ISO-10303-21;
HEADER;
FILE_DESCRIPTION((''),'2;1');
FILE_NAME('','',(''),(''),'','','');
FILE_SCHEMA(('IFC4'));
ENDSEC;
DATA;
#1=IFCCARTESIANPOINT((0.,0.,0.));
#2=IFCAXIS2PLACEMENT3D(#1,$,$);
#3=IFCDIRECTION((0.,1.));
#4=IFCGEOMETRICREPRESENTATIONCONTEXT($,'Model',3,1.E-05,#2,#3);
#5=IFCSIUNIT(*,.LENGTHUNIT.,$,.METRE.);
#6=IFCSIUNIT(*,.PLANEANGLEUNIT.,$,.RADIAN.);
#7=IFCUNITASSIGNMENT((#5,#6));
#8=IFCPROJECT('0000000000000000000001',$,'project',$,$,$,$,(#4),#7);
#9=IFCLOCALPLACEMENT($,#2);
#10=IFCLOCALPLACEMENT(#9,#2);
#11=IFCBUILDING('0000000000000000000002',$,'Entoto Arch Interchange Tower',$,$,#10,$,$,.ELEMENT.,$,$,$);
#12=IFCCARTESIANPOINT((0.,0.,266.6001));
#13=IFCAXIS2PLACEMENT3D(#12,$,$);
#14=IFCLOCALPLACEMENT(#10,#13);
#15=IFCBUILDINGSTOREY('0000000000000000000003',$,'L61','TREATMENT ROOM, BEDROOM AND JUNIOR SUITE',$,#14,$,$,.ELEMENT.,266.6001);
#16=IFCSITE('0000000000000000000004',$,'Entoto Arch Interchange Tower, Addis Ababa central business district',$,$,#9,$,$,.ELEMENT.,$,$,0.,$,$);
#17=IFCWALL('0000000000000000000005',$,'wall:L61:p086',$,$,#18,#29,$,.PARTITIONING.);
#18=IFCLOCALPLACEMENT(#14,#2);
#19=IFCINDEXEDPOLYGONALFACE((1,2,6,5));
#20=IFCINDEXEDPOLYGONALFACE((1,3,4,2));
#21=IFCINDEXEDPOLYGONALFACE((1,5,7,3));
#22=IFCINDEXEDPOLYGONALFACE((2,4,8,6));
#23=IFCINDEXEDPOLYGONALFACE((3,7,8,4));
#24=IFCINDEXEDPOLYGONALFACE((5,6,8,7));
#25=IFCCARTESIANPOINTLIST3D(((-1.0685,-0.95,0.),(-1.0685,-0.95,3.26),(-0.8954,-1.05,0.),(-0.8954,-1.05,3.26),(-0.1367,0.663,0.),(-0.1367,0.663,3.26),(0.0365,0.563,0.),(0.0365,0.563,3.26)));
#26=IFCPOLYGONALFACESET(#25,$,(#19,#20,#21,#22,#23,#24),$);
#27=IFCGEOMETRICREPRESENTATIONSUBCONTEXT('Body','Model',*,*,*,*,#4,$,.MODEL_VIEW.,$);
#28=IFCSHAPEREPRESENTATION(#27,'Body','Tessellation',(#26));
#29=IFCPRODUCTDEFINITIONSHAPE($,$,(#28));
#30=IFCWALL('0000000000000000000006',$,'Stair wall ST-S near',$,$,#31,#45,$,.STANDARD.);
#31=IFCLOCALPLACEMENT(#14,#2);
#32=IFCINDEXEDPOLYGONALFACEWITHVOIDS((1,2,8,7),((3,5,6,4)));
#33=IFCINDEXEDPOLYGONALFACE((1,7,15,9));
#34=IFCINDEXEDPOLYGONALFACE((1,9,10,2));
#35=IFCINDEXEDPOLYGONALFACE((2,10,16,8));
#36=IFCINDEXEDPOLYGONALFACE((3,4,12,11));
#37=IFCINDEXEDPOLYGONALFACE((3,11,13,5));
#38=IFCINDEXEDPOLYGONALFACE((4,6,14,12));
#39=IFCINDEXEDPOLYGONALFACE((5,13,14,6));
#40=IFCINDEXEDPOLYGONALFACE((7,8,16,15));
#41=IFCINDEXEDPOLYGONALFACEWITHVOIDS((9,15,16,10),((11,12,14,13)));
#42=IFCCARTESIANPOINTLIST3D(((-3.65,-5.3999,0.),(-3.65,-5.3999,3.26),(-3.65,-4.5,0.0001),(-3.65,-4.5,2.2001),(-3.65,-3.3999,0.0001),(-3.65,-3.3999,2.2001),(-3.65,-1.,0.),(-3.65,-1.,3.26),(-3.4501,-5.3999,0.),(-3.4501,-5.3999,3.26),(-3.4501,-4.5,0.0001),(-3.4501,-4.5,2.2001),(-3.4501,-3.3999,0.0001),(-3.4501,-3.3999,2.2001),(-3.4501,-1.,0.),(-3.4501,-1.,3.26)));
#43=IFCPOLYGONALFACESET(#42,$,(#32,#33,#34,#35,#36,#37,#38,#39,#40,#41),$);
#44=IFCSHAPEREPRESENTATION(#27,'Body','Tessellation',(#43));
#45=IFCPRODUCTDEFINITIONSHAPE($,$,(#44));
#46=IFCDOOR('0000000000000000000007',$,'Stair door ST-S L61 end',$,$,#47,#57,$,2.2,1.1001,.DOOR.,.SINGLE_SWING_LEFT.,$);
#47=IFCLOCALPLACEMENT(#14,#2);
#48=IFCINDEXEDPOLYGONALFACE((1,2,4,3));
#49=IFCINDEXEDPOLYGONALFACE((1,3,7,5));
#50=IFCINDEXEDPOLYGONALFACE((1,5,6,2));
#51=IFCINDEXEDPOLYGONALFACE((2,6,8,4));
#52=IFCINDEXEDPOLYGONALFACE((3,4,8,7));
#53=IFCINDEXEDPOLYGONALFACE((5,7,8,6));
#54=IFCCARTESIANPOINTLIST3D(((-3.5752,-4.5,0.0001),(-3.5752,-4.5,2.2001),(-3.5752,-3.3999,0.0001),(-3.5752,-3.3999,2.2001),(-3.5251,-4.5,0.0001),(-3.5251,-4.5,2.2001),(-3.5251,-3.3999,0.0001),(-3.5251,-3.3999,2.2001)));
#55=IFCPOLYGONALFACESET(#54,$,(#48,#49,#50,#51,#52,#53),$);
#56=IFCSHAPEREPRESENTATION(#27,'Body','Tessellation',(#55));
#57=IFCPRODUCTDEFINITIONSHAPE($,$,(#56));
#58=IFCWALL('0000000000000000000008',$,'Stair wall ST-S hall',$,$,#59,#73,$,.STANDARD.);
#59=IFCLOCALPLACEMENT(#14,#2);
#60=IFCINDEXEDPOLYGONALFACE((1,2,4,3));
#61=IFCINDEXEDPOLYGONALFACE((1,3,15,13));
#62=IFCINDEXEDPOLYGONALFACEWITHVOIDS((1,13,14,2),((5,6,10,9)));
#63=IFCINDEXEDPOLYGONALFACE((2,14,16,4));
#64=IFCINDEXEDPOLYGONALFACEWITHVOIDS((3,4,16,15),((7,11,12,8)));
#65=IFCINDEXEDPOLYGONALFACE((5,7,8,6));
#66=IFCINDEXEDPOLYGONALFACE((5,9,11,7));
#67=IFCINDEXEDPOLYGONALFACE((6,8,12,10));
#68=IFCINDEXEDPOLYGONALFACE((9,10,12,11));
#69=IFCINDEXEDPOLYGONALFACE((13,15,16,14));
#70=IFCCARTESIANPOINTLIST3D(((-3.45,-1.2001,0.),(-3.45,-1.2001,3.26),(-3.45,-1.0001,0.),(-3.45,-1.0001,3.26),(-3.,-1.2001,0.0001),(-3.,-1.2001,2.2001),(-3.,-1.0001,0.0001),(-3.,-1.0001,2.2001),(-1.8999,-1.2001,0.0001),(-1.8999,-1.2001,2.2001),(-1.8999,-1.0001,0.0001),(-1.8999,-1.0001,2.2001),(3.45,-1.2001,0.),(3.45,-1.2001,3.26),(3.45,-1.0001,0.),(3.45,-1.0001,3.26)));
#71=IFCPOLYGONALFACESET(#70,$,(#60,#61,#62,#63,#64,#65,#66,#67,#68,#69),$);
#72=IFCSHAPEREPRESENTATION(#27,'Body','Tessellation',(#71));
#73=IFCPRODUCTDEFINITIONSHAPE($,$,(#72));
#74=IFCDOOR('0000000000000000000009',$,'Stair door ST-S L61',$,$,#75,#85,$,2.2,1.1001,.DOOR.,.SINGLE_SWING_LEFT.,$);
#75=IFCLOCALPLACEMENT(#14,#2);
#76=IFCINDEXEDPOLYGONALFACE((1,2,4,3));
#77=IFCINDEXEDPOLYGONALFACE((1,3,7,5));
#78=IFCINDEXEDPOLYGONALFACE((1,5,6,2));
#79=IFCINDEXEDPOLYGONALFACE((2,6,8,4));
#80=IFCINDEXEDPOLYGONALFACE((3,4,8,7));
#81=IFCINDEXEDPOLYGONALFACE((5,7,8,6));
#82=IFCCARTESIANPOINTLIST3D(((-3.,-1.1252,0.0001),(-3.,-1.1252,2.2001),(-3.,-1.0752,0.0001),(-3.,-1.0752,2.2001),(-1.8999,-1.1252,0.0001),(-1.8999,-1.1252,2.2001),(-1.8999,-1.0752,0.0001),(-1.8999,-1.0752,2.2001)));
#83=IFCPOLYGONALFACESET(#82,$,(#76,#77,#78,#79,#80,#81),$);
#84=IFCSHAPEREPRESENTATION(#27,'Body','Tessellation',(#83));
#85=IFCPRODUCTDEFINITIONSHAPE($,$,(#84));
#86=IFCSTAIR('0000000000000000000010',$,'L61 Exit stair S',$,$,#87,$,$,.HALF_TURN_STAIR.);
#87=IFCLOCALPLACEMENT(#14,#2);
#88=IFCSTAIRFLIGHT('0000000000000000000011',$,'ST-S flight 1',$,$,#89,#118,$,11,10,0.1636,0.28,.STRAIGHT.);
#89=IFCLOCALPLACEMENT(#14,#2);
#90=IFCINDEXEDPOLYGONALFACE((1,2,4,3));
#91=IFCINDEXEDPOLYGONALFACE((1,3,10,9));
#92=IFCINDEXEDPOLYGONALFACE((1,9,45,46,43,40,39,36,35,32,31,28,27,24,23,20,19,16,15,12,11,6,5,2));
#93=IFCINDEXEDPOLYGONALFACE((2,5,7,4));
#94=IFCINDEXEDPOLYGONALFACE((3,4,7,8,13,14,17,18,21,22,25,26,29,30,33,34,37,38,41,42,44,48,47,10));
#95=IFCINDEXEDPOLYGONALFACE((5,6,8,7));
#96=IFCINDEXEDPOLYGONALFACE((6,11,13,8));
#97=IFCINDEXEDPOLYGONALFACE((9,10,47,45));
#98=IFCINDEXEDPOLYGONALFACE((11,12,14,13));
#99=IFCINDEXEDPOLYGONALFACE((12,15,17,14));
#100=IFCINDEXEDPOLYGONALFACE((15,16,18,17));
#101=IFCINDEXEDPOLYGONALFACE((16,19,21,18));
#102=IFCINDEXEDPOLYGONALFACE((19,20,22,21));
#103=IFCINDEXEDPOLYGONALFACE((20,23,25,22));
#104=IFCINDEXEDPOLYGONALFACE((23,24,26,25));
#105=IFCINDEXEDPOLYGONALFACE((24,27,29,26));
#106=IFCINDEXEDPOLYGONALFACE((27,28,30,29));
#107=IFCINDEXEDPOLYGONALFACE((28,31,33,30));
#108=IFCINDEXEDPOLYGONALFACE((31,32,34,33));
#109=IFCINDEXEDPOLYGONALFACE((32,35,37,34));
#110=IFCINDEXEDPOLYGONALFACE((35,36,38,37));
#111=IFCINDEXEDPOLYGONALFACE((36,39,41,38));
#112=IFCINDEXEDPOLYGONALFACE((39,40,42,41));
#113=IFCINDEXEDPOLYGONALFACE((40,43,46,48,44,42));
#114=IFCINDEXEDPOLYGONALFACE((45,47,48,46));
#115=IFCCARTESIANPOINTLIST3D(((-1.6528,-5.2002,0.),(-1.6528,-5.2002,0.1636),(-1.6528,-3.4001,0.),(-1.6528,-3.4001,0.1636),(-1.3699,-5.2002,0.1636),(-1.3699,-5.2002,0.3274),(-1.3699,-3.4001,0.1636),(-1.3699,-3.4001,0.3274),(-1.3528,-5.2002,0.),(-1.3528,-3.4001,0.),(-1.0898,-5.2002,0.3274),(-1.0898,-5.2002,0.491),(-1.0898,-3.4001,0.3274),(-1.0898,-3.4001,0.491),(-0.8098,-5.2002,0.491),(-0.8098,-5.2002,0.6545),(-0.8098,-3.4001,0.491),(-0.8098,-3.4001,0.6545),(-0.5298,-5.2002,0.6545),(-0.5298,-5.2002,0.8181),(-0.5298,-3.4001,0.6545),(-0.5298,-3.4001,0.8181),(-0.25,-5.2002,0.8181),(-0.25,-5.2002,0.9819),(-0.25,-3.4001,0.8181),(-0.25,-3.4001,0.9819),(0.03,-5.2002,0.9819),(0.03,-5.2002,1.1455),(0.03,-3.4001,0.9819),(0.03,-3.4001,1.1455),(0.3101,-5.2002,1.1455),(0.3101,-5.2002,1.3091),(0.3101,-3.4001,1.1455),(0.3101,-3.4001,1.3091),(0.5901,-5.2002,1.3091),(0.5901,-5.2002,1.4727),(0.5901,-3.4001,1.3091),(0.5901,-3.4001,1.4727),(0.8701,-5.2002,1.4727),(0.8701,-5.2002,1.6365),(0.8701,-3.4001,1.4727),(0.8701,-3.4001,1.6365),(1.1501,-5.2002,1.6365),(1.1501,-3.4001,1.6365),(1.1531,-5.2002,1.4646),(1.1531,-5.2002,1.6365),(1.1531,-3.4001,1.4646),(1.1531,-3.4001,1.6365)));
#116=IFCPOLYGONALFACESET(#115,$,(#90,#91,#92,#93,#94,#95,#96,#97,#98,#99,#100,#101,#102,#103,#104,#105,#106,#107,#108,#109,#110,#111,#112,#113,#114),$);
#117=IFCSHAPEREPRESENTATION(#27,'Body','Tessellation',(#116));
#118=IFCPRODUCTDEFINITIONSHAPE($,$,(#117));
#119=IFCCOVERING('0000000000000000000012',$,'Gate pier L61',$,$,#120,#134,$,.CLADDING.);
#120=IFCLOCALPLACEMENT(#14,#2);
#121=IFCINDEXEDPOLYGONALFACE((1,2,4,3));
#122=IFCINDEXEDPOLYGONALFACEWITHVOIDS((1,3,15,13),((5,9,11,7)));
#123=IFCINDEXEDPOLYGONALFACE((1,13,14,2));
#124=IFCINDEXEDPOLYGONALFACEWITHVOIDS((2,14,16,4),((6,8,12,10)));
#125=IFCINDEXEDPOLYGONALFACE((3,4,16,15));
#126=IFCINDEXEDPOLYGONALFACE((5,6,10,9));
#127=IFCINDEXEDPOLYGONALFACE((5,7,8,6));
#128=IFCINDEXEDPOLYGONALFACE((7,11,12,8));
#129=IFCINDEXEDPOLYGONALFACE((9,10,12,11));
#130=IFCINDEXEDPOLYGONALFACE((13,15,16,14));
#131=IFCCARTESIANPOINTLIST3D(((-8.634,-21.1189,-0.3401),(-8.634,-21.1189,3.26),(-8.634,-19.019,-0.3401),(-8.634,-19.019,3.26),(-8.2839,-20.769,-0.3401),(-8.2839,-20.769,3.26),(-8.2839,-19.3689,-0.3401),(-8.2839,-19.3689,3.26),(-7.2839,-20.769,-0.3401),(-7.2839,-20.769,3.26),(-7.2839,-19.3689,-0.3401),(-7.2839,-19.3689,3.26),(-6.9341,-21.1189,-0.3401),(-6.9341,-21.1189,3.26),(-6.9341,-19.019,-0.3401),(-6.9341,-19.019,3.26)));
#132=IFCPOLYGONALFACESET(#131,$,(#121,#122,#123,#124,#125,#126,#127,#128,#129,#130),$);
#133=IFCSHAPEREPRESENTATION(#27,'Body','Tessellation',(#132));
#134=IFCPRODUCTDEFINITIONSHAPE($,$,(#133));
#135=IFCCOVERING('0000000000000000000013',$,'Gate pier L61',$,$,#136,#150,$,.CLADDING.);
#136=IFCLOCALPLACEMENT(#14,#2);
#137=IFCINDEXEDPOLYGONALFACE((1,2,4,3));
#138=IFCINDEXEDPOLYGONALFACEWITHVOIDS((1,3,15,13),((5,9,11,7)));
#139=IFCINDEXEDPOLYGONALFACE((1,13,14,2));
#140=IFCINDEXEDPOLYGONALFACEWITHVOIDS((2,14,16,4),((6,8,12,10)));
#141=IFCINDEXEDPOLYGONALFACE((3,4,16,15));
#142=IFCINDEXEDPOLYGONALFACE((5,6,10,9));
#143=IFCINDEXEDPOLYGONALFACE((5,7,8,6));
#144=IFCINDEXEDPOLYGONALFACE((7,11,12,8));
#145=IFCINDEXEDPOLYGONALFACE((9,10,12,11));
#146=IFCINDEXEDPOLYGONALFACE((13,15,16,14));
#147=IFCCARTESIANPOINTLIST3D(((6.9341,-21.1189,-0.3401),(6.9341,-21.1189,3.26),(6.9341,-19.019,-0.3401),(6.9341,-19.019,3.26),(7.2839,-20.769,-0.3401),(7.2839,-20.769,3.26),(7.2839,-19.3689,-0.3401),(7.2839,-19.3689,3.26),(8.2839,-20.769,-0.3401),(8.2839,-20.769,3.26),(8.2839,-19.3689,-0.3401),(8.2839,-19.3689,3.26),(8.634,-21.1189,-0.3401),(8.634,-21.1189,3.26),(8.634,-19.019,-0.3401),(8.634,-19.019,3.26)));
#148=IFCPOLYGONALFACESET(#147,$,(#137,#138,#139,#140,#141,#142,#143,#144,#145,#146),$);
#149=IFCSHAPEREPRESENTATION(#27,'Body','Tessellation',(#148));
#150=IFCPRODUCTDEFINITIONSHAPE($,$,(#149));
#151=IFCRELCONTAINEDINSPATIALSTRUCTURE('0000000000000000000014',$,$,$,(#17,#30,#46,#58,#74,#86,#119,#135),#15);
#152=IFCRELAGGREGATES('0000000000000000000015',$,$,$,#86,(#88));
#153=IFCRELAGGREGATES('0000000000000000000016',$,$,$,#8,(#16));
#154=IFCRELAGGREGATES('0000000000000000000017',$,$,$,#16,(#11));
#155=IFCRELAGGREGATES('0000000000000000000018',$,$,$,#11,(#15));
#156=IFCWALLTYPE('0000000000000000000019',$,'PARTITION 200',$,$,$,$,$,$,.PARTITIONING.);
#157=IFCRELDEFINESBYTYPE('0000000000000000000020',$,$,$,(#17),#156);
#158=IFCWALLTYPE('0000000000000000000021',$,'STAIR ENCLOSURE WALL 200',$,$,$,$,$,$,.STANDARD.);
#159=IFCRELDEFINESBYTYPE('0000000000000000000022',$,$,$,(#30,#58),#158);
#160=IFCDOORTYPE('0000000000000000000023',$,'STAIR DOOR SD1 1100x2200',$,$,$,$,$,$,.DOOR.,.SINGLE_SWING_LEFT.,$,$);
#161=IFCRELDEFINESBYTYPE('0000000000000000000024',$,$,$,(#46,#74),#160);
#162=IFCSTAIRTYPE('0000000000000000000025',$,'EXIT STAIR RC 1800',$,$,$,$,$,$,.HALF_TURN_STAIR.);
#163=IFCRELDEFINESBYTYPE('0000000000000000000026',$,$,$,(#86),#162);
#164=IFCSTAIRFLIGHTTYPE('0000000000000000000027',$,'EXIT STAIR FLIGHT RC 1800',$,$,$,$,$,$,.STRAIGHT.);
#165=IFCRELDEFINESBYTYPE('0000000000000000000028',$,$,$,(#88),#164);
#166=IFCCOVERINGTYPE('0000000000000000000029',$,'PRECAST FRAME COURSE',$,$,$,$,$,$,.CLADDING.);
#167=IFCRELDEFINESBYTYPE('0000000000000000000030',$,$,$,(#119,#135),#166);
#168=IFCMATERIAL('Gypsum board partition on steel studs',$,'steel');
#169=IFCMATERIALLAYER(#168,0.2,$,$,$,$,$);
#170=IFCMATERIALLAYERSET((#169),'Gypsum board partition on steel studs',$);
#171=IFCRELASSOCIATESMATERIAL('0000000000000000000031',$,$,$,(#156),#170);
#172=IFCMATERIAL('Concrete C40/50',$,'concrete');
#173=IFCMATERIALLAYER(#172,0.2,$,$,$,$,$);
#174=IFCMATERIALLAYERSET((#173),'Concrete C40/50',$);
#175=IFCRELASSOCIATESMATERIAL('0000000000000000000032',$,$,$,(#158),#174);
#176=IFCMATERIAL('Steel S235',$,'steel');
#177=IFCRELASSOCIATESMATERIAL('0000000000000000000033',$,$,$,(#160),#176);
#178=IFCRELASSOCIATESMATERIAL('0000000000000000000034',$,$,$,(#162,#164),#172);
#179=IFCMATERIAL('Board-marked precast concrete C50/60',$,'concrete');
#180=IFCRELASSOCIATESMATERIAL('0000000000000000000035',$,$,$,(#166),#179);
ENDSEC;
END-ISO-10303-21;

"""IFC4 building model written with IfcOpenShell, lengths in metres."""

from ifc_helpers import new_model, si_unit, direction, frame, frame_2d, origin, place, context, subcontext, project, spatial, polyline, rectangle, outline, extrude, material, layer, layer_set, type_object, element, fill, aggregate, save


model = new_model("IFC4")

# Units and contexts
model_context = context("Model", 3, precision=1e-05, world=origin(), true_north=direction((0.0, 1.0)))
body_context = subcontext(model_context, "Body", "Model", "MODEL_VIEW")
ifc_project = project(units=[si_unit("LENGTHUNIT", "METRE"), si_unit("PLANEANGLEUNIT", "RADIAN")], contexts=[model_context])

# Site, building, storey
site_placement = place(None, origin())
site = spatial("IfcSite", under=ifc_project, at=site_placement, Name="Entoto Arch Interchange Tower, Addis Ababa central business district", CompositionType="ELEMENT", RefElevation=0.0)
building_placement = place(site_placement, origin())
building = spatial("IfcBuilding", under=site, at=building_placement, Name="Entoto Arch Interchange Tower", CompositionType="ELEMENT")
storey_placement = place(building_placement, frame((0.0, 0.0, 266.6001)))
storey = spatial("IfcBuildingStorey", under=building, at=storey_placement, Name="L61", Description="TREATMENT ROOM, BEDROOM AND JUNIOR SUITE", CompositionType="ELEMENT", Elevation=266.6001)

# Shared definitions
ifc_material_1 = material(Name="Concrete C40/50", Category="concrete")

# Wall
ifc_material_2 = material(Name="Gypsum board partition on steel studs", Category="steel")
ifc_layer_1 = layer(ifc_material_2, 0.2)
ifc_layer_set_1 = layer_set([ifc_layer_1], Name="Gypsum board partition on steel studs")
wall_type_1 = type_object("IfcWallType", Name="PARTITION 200", PredefinedType="PARTITIONING", material=ifc_layer_set_1)
wall_1_placement = place(storey_placement, frame((-0.9819, -1.0, 0.0), z_axis=(0.0, 0.0, 1.0), x_axis=(0.50024, 0.865887, 0.0)))
element("IfcWall", 1, at=wall_1_placement, inside=storey, type_object=wall_type_1, Name="wall:L61:p086", PredefinedType="PARTITIONING", context=body_context, shape_type="SweptSolid", body=[
    extrude(rectangle(XDim=1.8628, YDim=0.2, at=frame_2d((0.9314, 0.0))), origin(), (0.0, 0.0, 1.0), 3.26),
])

# Walls, openings, doors
ifc_layer_2 = layer(ifc_material_1, 0.2)
ifc_layer_set_2 = layer_set([ifc_layer_2], Name="Concrete C40/50")
wall_type_2 = type_object("IfcWallType", Name="STAIR ENCLOSURE WALL 200", PredefinedType="STANDARD", material=ifc_layer_set_2)
wall_2_placement = place(storey_placement, frame((-3.55, -1.0, 0.0), z_axis=(0.0, 0.0, 1.0), x_axis=(0.0, -1.0, 0.0)))
wall_2 = element("IfcWall", 2, at=wall_2_placement, inside=storey, type_object=wall_type_2, Name="Stair wall ST-S near", PredefinedType="STANDARD", context=body_context, shape_type="SweptSolid", body=[
    extrude(rectangle(XDim=4.3999, YDim=0.2, at=frame_2d((2.2, 0.0))), origin(), (0.0, 0.0, 1.0), 3.26),
])
opening_1_placement = place(wall_2_placement, frame((2.3999, 0.0, 0.0)))
opening_1 = element("IfcOpeningElement", 3, at=opening_1_placement, cuts=wall_2, PredefinedType="OPENING", context=body_context, shape_type="SweptSolid", body=[
    extrude(rectangle(XDim=1.1001, YDim=2.2, at=frame_2d((0.55, 1.1001))), frame((0.0, 0.1099, 0.0), z_axis=(0.0, -1.0, 0.0), x_axis=(1.0, 0.0, 0.0)), (0.0, 0.0, 1.0), 0.22),
])
ifc_material_3 = material(Name="Steel S235", Category="steel")
door_type = type_object("IfcDoorType", Name="STAIR DOOR SD1 1100x2200", OperationType="SINGLE_SWING_LEFT", PredefinedType="DOOR", material=ifc_material_3)
door_1_placement = place(opening_1_placement, origin())
door_1 = element("IfcDoor", 4, at=door_1_placement, inside=storey, type_object=door_type, Name="Stair door ST-S L61 end", OperationType="SINGLE_SWING_LEFT", OverallHeight=2.2, OverallWidth=1.1001, PredefinedType="DOOR", context=body_context, shape_type="SweptSolid", body=[
    extrude(rectangle(XDim=1.1001, YDim=2.2, at=frame_2d((0.55, 1.1001))), frame((0.0, 0.0249, 0.0), z_axis=(0.0, -1.0, 0.0), x_axis=(1.0, 0.0, 0.0)), (0.0, 0.0, 1.0), 0.05),
])
fill(opening_1, door_1)
wall_3_placement = place(storey_placement, frame((-3.45, -1.1001, 0.0), z_axis=(0.0, 0.0, 1.0), x_axis=(1.0, 0.0, 0.0)))
wall_3 = element("IfcWall", 5, at=wall_3_placement, inside=storey, type_object=wall_type_2, Name="Stair wall ST-S hall", PredefinedType="STANDARD", context=body_context, shape_type="SweptSolid", body=[
    extrude(rectangle(XDim=6.8999, YDim=0.2, at=frame_2d((3.45, 0.0))), origin(), (0.0, 0.0, 1.0), 3.26),
])
opening_2_placement = place(wall_3_placement, frame((0.45, 0.0, 0.0)))
opening_2 = element("IfcOpeningElement", 6, at=opening_2_placement, cuts=wall_3, PredefinedType="OPENING", context=body_context, shape_type="SweptSolid", body=[
    extrude(rectangle(XDim=1.1001, YDim=2.2, at=frame_2d((0.55, 1.1001))), frame((0.0, 0.1099, 0.0), z_axis=(0.0, -1.0, 0.0), x_axis=(1.0, 0.0, 0.0)), (0.0, 0.0, 1.0), 0.22),
])
door_2_placement = place(opening_2_placement, origin())
door_2 = element("IfcDoor", 7, at=door_2_placement, inside=storey, type_object=door_type, Name="Stair door ST-S L61", OperationType="SINGLE_SWING_LEFT", OverallHeight=2.2, OverallWidth=1.1001, PredefinedType="DOOR", context=body_context, shape_type="SweptSolid", body=[
    extrude(rectangle(XDim=1.1001, YDim=2.2, at=frame_2d((0.55, 1.1001))), frame((0.0, 0.0249, 0.0), z_axis=(0.0, -1.0, 0.0), x_axis=(1.0, 0.0, 0.0)), (0.0, 0.0, 1.0), 0.05),
])
fill(opening_2, door_2)

# Stair, stair flight
stair_type = type_object("IfcStairType", Name="EXIT STAIR RC 1800", PredefinedType="HALF_TURN_STAIR", material=ifc_material_1)
stair_placement = place(storey_placement, origin())
stair = element("IfcStair", 8, at=stair_placement, inside=storey, type_object=stair_type, Name="L61 Exit stair S", PredefinedType="HALF_TURN_STAIR")
stair_flight_type = type_object("IfcStairFlightType", Name="EXIT STAIR FLIGHT RC 1800", PredefinedType="STRAIGHT", material=ifc_material_1)
stair_flight_placement = place(storey_placement, frame((-1.6499, -4.3, 0.0), z_axis=(0.0, 0.0, 1.0), x_axis=(1.0, 0.0, 0.0)))
stair_flight = element("IfcStairFlight", 9, at=stair_flight_placement, type_object=stair_flight_type, Name="ST-S flight 1", NumberOfRisers=11, NumberOfTreads=10, PredefinedType="STRAIGHT", RiserHeight=0.1636, TreadLength=0.28, context=body_context, shape_type="SweptSolid", body=[
    extrude(outline(polyline([(-0.0029, 0.0), (-0.0029, 0.1636), (0.28, 0.1636), (0.28, 0.3274), (0.5601, 0.3274), (0.5601, 0.491), (0.8401, 0.491), (0.8401, 0.6545), (1.1201, 0.6545), (1.1201, 0.8181), (1.3999, 0.8181), (1.3999, 0.9819), (1.6799, 0.9819), (1.6799, 1.1455), (1.96, 1.1455), (1.96, 1.3091), (2.24, 1.3091), (2.24, 1.4727), (2.52, 1.4727), (2.52, 1.6365), (2.8, 1.6365), (2.803, 1.6365), (2.803, 1.4646), (0.2971, 0.0), (-0.0029, 0.0)])), frame((0.0, 0.8999, 0.0), z_axis=(0.0, -1.0, 0.0), x_axis=(1.0, 0.0, 0.0)), (0.0, 0.0, 1.0), 1.8),
])
aggregate(stair, [stair_flight])

# Coverings
ifc_material_4 = material(Name="Board-marked precast concrete C50/60", Category="concrete")
covering_type = type_object("IfcCoveringType", Name="PRECAST FRAME COURSE", PredefinedType="CLADDING", material=ifc_material_4)
covering_1_placement = place(storey_placement, frame((0.0, 0.0, -0.3401)))
element("IfcCovering", 10, at=covering_1_placement, inside=storey, type_object=covering_type, Name="Gate pier L61", PredefinedType="CLADDING", context=body_context, shape_type="SweptSolid", body=[
    extrude(outline(polyline([(-8.634, -19.019), (-6.9341, -19.019), (-6.9341, -21.1189), (-8.634, -21.1189), (-8.634, -19.019)]), holes=[polyline([(-8.2839, -19.3689), (-8.2839, -20.769), (-7.2839, -20.769), (-7.2839, -19.3689), (-8.2839, -19.3689)])]), origin(), (0.0, 0.0, 1.0), 3.6001),
])
covering_2_placement = place(storey_placement, frame((0.0, 0.0, -0.3401)))
element("IfcCovering", 11, at=covering_2_placement, inside=storey, type_object=covering_type, Name="Gate pier L61", PredefinedType="CLADDING", context=body_context, shape_type="SweptSolid", body=[
    extrude(outline(polyline([(6.9341, -19.019), (8.634, -19.019), (8.634, -21.1189), (6.9341, -21.1189), (6.9341, -19.019)]), holes=[polyline([(7.2839, -19.3689), (7.2839, -20.769), (8.2839, -20.769), (8.2839, -19.3689), (7.2839, -19.3689)])]), origin(), (0.0, 0.0, 1.0), 3.6001),
])

save(model, "model.ifc")
